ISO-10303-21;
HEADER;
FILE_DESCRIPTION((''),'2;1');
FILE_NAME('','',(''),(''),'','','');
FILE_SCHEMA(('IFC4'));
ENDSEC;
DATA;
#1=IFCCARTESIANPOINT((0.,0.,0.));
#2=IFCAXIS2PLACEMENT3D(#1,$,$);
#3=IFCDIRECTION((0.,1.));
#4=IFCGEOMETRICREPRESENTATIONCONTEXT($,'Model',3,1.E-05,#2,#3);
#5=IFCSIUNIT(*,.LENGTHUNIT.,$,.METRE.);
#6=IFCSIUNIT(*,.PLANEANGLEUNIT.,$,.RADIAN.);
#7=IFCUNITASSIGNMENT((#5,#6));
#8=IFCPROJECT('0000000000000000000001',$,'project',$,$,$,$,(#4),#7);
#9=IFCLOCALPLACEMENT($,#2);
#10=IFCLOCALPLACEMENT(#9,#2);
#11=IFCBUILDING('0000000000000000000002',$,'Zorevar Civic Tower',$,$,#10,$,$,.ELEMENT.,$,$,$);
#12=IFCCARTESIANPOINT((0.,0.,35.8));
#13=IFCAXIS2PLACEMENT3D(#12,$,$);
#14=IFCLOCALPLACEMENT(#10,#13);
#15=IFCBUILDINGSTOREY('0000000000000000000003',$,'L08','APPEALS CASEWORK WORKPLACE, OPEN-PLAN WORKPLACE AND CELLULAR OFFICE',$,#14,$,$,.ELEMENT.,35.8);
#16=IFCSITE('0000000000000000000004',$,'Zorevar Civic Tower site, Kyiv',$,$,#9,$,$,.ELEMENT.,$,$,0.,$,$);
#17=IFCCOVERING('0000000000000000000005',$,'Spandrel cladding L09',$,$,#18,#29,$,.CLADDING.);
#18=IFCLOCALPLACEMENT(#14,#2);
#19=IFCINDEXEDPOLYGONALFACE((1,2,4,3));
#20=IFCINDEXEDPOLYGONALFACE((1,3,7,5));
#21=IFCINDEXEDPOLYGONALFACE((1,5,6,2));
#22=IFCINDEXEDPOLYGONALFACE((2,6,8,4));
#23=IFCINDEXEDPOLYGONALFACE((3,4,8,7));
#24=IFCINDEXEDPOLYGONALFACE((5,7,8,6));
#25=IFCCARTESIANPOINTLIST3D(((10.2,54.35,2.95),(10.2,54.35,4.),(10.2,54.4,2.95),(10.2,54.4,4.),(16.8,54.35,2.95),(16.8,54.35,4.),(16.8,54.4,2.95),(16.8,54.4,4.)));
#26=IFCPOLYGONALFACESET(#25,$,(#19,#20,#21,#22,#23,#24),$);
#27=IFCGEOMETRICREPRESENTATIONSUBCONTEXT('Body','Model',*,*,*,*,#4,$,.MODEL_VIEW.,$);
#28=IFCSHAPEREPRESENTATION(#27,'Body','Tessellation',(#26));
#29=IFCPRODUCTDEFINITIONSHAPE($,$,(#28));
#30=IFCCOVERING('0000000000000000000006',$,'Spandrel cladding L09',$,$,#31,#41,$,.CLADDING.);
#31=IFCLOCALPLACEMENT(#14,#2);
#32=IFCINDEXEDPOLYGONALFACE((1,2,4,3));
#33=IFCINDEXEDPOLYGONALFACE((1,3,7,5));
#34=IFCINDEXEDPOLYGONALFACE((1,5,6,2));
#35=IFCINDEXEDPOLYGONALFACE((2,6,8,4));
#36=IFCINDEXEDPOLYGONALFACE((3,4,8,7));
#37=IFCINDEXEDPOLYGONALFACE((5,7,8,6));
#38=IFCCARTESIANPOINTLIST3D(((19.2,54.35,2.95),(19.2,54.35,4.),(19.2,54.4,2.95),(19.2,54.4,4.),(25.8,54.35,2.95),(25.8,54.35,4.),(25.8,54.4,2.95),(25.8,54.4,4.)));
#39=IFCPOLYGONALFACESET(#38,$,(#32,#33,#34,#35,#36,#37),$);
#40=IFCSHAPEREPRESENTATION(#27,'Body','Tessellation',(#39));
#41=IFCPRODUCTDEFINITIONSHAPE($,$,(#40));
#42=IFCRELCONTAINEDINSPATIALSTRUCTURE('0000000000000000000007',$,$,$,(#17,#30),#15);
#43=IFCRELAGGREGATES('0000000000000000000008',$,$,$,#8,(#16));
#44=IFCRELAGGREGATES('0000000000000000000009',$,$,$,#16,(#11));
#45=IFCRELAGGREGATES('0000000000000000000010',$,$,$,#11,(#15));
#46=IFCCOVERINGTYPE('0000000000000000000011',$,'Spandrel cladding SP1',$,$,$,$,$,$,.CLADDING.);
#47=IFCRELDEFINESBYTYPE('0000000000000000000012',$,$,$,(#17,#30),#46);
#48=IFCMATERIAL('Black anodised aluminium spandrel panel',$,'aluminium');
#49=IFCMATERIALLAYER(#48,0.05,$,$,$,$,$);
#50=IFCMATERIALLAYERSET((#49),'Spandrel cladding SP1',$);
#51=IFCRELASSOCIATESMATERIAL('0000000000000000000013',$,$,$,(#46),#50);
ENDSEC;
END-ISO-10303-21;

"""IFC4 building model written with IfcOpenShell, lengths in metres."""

from ifc_helpers import new_model, si_unit, direction, frame, frame_2d, origin, place, context, subcontext, project, spatial, rectangle, extrude, material, layer, layer_set, type_object, element, save


model = new_model("IFC4")

# Units and contexts
model_context = context("Model", 3, precision=1e-05, world=origin(), true_north=direction((0.0, 1.0)))
body_context = subcontext(model_context, "Body", "Model", "MODEL_VIEW")
ifc_project = project(units=[si_unit("LENGTHUNIT", "METRE"), si_unit("PLANEANGLEUNIT", "RADIAN")], contexts=[model_context])

# Site, building, storey
site_placement = place(None, origin())
site = spatial("IfcSite", under=ifc_project, at=site_placement, Name="Zorevar Civic Tower site, Kyiv", CompositionType="ELEMENT", RefElevation=0.0)
building_placement = place(site_placement, origin())
building = spatial("IfcBuilding", under=site, at=building_placement, Name="Zorevar Civic Tower", CompositionType="ELEMENT")
storey_placement = place(building_placement, frame((0.0, 0.0, 35.8)))
storey = spatial("IfcBuildingStorey", under=building, at=storey_placement, Name="L08", Description="APPEALS CASEWORK WORKPLACE, OPEN-PLAN WORKPLACE AND CELLULAR OFFICE", CompositionType="ELEMENT", Elevation=35.8)

# Coverings
ifc_material_1 = material(Name="Black anodised aluminium spandrel panel", Category="aluminium")
ifc_layer_1 = layer(ifc_material_1, 0.05)
ifc_layer_set_1 = layer_set([ifc_layer_1], Name="Spandrel cladding SP1")
covering_type = type_object("IfcCoveringType", Name="Spandrel cladding SP1", PredefinedType="CLADDING", material=ifc_layer_set_1)
for number, where, z_axis, x_axis, name in (
    (1, (10.2, 54.375, 2.95), (0.0, 0.0, 1.0), (1.0, 0.0, 0.0), "Spandrel cladding L09"),
    (2, (19.2, 54.375, 2.95), (0.0, 0.0, 1.0), (1.0, 0.0, 0.0), "Spandrel cladding L09"),
):
    element("IfcCovering", number, at=place(storey_placement, frame(where, z_axis=z_axis, x_axis=x_axis)), inside=storey, type_object=covering_type, Name=name, PredefinedType="CLADDING", context=body_context, shape_type="SweptSolid", body=[
        extrude(rectangle(XDim=6.6001, YDim=0.05, at=frame_2d((3.3, 0.0))), origin(), (0.0, 0.0, 1.0), 1.05),
    ])

save(model, "model.ifc")
